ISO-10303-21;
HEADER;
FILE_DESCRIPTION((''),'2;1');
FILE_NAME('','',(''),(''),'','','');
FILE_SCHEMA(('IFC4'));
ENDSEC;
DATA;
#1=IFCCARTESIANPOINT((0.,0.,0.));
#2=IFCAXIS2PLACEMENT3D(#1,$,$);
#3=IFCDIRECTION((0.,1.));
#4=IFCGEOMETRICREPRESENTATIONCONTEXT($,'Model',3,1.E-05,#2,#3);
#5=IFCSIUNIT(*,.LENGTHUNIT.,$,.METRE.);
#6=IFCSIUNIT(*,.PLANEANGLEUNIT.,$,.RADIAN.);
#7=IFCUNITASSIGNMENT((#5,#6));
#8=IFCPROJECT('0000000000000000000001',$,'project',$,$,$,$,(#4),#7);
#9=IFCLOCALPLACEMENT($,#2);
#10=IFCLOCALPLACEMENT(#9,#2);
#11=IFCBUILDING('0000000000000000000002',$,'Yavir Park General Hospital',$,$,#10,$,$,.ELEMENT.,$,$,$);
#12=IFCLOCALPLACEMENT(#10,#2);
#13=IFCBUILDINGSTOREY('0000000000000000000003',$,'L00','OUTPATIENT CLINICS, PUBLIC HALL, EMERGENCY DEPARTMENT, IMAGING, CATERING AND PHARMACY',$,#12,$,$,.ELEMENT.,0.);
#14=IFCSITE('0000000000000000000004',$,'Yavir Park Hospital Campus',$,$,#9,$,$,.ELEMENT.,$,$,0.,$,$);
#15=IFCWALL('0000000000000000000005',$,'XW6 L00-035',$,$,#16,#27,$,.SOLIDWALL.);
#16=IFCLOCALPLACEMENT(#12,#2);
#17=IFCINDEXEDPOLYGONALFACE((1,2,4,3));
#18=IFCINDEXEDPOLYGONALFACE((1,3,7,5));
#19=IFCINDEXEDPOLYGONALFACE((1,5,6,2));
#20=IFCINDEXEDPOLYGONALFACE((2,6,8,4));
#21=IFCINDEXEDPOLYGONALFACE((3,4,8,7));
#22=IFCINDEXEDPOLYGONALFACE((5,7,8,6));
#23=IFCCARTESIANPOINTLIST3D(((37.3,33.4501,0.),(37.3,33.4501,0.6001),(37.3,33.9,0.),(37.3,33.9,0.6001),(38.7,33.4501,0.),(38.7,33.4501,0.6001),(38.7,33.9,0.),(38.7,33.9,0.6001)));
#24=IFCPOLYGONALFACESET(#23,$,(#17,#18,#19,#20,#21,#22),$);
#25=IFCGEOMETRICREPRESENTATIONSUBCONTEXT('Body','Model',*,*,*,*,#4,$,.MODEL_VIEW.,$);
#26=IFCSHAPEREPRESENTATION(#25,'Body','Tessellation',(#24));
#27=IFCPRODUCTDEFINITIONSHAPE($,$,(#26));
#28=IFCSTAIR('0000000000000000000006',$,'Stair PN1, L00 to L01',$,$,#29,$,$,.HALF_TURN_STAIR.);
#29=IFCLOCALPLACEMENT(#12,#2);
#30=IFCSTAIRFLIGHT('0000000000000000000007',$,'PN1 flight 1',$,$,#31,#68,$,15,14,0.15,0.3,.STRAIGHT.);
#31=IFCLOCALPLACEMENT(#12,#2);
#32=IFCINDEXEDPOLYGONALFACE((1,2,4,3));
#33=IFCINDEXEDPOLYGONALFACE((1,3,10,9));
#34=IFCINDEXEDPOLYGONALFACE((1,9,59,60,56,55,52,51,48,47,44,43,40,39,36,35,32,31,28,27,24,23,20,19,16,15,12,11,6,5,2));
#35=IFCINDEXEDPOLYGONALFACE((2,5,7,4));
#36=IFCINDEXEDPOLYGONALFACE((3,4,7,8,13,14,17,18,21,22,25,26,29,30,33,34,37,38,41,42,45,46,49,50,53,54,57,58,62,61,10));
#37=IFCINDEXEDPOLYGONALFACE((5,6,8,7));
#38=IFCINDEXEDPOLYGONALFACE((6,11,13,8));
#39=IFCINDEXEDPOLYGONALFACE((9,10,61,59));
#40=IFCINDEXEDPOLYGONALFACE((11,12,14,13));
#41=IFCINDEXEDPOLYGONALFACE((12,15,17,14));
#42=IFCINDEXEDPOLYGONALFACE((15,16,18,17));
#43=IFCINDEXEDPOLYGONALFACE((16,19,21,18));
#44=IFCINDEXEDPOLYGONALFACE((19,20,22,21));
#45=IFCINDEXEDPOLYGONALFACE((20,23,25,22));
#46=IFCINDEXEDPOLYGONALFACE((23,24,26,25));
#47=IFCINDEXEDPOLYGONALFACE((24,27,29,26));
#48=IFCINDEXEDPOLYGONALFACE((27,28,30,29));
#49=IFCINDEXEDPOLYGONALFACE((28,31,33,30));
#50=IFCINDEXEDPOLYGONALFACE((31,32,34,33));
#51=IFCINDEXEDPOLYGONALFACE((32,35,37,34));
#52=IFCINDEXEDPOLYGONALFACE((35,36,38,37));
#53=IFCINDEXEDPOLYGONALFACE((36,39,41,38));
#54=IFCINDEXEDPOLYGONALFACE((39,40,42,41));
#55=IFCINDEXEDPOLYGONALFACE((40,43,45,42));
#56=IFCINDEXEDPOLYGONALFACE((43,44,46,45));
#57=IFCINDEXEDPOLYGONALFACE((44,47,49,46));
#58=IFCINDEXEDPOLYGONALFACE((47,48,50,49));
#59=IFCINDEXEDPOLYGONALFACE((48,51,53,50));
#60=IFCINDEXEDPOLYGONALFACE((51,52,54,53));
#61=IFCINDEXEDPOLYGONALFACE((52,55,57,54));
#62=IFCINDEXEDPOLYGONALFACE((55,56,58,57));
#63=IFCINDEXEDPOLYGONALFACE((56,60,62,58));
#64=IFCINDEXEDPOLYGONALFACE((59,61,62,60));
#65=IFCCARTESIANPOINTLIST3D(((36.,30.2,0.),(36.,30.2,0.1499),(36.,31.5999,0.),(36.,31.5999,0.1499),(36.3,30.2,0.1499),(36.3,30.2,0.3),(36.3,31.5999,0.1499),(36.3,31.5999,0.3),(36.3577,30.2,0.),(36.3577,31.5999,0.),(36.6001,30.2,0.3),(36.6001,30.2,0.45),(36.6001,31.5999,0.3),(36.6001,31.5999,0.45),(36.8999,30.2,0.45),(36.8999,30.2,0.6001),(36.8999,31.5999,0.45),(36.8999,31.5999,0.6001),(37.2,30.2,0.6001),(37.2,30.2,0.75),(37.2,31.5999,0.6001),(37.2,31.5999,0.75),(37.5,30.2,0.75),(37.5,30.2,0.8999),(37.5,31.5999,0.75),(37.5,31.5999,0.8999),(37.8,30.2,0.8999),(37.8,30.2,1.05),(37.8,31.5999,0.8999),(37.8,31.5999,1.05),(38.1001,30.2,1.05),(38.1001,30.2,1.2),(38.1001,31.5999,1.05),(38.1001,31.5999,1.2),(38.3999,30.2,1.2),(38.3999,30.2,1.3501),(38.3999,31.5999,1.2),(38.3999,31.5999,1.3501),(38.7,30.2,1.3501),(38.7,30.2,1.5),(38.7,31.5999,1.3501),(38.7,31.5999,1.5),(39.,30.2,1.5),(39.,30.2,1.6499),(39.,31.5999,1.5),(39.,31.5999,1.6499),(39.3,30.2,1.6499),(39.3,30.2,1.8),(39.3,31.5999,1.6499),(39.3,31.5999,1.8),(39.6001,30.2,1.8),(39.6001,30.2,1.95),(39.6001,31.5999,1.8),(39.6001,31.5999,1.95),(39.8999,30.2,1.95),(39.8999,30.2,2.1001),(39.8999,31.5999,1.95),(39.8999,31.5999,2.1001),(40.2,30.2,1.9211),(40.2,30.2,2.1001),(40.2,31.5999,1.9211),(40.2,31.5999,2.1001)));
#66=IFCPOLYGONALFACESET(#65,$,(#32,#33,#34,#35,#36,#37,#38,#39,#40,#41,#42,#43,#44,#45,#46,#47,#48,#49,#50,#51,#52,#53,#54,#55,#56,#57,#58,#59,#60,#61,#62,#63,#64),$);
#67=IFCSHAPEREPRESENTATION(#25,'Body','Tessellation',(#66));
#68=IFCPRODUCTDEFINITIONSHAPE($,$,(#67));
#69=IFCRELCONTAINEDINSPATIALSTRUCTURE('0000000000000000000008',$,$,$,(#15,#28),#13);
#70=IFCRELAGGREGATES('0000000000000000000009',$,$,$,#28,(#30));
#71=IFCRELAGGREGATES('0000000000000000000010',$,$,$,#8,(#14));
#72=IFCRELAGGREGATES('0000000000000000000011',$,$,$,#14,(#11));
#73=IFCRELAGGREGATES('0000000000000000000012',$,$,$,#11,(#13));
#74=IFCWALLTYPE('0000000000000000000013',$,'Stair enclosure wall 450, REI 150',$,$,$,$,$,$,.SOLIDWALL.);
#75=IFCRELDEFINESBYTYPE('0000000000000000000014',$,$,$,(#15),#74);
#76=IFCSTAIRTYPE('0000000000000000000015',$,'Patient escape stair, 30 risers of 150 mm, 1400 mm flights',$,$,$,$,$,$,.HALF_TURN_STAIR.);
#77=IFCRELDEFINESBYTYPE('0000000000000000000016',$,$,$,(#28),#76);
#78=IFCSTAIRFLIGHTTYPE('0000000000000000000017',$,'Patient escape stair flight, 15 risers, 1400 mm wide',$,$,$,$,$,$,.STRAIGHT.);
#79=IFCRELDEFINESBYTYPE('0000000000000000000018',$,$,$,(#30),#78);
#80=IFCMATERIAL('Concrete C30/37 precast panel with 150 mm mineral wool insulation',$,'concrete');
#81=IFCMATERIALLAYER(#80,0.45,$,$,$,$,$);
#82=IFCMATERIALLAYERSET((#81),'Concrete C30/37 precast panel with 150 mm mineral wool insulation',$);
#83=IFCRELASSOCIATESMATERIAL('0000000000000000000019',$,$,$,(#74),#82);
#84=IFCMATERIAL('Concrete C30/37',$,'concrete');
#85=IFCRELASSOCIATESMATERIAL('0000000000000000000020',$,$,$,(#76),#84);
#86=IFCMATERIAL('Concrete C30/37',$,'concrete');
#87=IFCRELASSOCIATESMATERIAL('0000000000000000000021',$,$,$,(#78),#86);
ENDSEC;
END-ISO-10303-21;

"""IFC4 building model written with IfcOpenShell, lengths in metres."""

from ifc_helpers import new_model, si_unit, direction, frame, frame_2d, origin, place, context, subcontext, project, spatial, polyline, rectangle, outline, extrude, material, layer, layer_set, type_object, element, aggregate, save


model = new_model("IFC4")

# Units and contexts
model_context = context("Model", 3, precision=1e-05, world=origin(), true_north=direction((0.0, 1.0)))
body_context = subcontext(model_context, "Body", "Model", "MODEL_VIEW")
ifc_project = project(units=[si_unit("LENGTHUNIT", "METRE"), si_unit("PLANEANGLEUNIT", "RADIAN")], contexts=[model_context])

# Site, building, storey
site_placement = place(None, origin())
site = spatial("IfcSite", under=ifc_project, at=site_placement, Name="Yavir Park Hospital Campus", CompositionType="ELEMENT", RefElevation=0.0)
building_placement = place(site_placement, origin())
building = spatial("IfcBuilding", under=site, at=building_placement, Name="Yavir Park General Hospital", CompositionType="ELEMENT")
storey_placement = place(building_placement, origin())
storey = spatial("IfcBuildingStorey", under=building, at=storey_placement, Name="L00", Description="OUTPATIENT CLINICS, PUBLIC HALL, EMERGENCY DEPARTMENT, IMAGING, CATERING AND PHARMACY", CompositionType="ELEMENT", Elevation=0.0)

# Wall
ifc_material_1 = material(Name="Concrete C30/37 precast panel with 150 mm mineral wool insulation", Category="concrete")
ifc_layer_1 = layer(ifc_material_1, 0.45)
ifc_layer_set_1 = layer_set([ifc_layer_1], Name="Concrete C30/37 precast panel with 150 mm mineral wool insulation")
wall_type_1 = type_object("IfcWallType", Name="Stair enclosure wall 450, REI 150", PredefinedType="SOLIDWALL", material=ifc_layer_set_1)
wall_1_placement = place(storey_placement, frame((37.3, 33.675, 0.0), z_axis=(0.0, 0.0, 1.0), x_axis=(1.0, 0.0, 0.0)))
element("IfcWall", 1, at=wall_1_placement, inside=storey, type_object=wall_type_1, Name="XW6 L00-035", PredefinedType="SOLIDWALL", context=body_context, shape_type="SweptSolid", body=[
    extrude(rectangle(XDim=1.3999, YDim=0.45, at=frame_2d((0.7, 0.0))), origin(), (0.0, 0.0, 1.0), 0.6001),
])

# Stair, stair flight
ifc_material_2 = material(Name="Concrete C30/37", Category="concrete")
stair_type = type_object("IfcStairType", Name="Patient escape stair, 30 risers of 150 mm, 1400 mm flights", PredefinedType="HALF_TURN_STAIR", material=ifc_material_2)
stair_placement = place(storey_placement, origin())
stair = element("IfcStair", 2, at=stair_placement, inside=storey, type_object=stair_type, Name="Stair PN1, L00 to L01", PredefinedType="HALF_TURN_STAIR")
ifc_material_3 = material(Name="Concrete C30/37", Category="concrete")
stair_flight_type = type_object("IfcStairFlightType", Name="Patient escape stair flight, 15 risers, 1400 mm wide", PredefinedType="STRAIGHT", material=ifc_material_3)
stair_flight_placement = place(storey_placement, frame((36.0, 30.8999, 0.0), z_axis=(0.0, 0.0, 1.0), x_axis=(1.0, 0.0, 0.0)))
stair_flight = element("IfcStairFlight", 3, at=stair_flight_placement, type_object=stair_flight_type, Name="PN1 flight 1", NumberOfRisers=15, NumberOfTreads=14, PredefinedType="STRAIGHT", RiserHeight=0.15, TreadLength=0.3, context=body_context, shape_type="SweptSolid", body=[
    extrude(outline(polyline([(0.0, 0.0), (0.0, 0.1499), (0.3, 0.1499), (0.3, 0.3), (0.6001, 0.3), (0.6001, 0.45), (0.8999, 0.45), (0.8999, 0.6001), (1.2, 0.6001), (1.2, 0.75), (1.5, 0.75), (1.5, 0.8999), (1.8, 0.8999), (1.8, 1.05), (2.1001, 1.05), (2.1001, 1.2), (2.3999, 1.2), (2.3999, 1.3501), (2.7, 1.3501), (2.7, 1.5), (3.0, 1.5), (3.0, 1.6499), (3.3, 1.6499), (3.3, 1.8), (3.6001, 1.8), (3.6001, 1.95), (3.8999, 1.95), (3.8999, 2.1001), (4.2, 2.1001), (4.2, 2.25), (4.2, 1.9211), (0.3577, 0.0), (0.0, 0.0)])), frame((0.0, 0.7, 0.0), z_axis=(0.0, -1.0, 0.0), x_axis=(1.0, 0.0, 0.0)), (0.0, 0.0, 1.0), 1.3999),
])
aggregate(stair, [stair_flight])

save(model, "model.ifc")
